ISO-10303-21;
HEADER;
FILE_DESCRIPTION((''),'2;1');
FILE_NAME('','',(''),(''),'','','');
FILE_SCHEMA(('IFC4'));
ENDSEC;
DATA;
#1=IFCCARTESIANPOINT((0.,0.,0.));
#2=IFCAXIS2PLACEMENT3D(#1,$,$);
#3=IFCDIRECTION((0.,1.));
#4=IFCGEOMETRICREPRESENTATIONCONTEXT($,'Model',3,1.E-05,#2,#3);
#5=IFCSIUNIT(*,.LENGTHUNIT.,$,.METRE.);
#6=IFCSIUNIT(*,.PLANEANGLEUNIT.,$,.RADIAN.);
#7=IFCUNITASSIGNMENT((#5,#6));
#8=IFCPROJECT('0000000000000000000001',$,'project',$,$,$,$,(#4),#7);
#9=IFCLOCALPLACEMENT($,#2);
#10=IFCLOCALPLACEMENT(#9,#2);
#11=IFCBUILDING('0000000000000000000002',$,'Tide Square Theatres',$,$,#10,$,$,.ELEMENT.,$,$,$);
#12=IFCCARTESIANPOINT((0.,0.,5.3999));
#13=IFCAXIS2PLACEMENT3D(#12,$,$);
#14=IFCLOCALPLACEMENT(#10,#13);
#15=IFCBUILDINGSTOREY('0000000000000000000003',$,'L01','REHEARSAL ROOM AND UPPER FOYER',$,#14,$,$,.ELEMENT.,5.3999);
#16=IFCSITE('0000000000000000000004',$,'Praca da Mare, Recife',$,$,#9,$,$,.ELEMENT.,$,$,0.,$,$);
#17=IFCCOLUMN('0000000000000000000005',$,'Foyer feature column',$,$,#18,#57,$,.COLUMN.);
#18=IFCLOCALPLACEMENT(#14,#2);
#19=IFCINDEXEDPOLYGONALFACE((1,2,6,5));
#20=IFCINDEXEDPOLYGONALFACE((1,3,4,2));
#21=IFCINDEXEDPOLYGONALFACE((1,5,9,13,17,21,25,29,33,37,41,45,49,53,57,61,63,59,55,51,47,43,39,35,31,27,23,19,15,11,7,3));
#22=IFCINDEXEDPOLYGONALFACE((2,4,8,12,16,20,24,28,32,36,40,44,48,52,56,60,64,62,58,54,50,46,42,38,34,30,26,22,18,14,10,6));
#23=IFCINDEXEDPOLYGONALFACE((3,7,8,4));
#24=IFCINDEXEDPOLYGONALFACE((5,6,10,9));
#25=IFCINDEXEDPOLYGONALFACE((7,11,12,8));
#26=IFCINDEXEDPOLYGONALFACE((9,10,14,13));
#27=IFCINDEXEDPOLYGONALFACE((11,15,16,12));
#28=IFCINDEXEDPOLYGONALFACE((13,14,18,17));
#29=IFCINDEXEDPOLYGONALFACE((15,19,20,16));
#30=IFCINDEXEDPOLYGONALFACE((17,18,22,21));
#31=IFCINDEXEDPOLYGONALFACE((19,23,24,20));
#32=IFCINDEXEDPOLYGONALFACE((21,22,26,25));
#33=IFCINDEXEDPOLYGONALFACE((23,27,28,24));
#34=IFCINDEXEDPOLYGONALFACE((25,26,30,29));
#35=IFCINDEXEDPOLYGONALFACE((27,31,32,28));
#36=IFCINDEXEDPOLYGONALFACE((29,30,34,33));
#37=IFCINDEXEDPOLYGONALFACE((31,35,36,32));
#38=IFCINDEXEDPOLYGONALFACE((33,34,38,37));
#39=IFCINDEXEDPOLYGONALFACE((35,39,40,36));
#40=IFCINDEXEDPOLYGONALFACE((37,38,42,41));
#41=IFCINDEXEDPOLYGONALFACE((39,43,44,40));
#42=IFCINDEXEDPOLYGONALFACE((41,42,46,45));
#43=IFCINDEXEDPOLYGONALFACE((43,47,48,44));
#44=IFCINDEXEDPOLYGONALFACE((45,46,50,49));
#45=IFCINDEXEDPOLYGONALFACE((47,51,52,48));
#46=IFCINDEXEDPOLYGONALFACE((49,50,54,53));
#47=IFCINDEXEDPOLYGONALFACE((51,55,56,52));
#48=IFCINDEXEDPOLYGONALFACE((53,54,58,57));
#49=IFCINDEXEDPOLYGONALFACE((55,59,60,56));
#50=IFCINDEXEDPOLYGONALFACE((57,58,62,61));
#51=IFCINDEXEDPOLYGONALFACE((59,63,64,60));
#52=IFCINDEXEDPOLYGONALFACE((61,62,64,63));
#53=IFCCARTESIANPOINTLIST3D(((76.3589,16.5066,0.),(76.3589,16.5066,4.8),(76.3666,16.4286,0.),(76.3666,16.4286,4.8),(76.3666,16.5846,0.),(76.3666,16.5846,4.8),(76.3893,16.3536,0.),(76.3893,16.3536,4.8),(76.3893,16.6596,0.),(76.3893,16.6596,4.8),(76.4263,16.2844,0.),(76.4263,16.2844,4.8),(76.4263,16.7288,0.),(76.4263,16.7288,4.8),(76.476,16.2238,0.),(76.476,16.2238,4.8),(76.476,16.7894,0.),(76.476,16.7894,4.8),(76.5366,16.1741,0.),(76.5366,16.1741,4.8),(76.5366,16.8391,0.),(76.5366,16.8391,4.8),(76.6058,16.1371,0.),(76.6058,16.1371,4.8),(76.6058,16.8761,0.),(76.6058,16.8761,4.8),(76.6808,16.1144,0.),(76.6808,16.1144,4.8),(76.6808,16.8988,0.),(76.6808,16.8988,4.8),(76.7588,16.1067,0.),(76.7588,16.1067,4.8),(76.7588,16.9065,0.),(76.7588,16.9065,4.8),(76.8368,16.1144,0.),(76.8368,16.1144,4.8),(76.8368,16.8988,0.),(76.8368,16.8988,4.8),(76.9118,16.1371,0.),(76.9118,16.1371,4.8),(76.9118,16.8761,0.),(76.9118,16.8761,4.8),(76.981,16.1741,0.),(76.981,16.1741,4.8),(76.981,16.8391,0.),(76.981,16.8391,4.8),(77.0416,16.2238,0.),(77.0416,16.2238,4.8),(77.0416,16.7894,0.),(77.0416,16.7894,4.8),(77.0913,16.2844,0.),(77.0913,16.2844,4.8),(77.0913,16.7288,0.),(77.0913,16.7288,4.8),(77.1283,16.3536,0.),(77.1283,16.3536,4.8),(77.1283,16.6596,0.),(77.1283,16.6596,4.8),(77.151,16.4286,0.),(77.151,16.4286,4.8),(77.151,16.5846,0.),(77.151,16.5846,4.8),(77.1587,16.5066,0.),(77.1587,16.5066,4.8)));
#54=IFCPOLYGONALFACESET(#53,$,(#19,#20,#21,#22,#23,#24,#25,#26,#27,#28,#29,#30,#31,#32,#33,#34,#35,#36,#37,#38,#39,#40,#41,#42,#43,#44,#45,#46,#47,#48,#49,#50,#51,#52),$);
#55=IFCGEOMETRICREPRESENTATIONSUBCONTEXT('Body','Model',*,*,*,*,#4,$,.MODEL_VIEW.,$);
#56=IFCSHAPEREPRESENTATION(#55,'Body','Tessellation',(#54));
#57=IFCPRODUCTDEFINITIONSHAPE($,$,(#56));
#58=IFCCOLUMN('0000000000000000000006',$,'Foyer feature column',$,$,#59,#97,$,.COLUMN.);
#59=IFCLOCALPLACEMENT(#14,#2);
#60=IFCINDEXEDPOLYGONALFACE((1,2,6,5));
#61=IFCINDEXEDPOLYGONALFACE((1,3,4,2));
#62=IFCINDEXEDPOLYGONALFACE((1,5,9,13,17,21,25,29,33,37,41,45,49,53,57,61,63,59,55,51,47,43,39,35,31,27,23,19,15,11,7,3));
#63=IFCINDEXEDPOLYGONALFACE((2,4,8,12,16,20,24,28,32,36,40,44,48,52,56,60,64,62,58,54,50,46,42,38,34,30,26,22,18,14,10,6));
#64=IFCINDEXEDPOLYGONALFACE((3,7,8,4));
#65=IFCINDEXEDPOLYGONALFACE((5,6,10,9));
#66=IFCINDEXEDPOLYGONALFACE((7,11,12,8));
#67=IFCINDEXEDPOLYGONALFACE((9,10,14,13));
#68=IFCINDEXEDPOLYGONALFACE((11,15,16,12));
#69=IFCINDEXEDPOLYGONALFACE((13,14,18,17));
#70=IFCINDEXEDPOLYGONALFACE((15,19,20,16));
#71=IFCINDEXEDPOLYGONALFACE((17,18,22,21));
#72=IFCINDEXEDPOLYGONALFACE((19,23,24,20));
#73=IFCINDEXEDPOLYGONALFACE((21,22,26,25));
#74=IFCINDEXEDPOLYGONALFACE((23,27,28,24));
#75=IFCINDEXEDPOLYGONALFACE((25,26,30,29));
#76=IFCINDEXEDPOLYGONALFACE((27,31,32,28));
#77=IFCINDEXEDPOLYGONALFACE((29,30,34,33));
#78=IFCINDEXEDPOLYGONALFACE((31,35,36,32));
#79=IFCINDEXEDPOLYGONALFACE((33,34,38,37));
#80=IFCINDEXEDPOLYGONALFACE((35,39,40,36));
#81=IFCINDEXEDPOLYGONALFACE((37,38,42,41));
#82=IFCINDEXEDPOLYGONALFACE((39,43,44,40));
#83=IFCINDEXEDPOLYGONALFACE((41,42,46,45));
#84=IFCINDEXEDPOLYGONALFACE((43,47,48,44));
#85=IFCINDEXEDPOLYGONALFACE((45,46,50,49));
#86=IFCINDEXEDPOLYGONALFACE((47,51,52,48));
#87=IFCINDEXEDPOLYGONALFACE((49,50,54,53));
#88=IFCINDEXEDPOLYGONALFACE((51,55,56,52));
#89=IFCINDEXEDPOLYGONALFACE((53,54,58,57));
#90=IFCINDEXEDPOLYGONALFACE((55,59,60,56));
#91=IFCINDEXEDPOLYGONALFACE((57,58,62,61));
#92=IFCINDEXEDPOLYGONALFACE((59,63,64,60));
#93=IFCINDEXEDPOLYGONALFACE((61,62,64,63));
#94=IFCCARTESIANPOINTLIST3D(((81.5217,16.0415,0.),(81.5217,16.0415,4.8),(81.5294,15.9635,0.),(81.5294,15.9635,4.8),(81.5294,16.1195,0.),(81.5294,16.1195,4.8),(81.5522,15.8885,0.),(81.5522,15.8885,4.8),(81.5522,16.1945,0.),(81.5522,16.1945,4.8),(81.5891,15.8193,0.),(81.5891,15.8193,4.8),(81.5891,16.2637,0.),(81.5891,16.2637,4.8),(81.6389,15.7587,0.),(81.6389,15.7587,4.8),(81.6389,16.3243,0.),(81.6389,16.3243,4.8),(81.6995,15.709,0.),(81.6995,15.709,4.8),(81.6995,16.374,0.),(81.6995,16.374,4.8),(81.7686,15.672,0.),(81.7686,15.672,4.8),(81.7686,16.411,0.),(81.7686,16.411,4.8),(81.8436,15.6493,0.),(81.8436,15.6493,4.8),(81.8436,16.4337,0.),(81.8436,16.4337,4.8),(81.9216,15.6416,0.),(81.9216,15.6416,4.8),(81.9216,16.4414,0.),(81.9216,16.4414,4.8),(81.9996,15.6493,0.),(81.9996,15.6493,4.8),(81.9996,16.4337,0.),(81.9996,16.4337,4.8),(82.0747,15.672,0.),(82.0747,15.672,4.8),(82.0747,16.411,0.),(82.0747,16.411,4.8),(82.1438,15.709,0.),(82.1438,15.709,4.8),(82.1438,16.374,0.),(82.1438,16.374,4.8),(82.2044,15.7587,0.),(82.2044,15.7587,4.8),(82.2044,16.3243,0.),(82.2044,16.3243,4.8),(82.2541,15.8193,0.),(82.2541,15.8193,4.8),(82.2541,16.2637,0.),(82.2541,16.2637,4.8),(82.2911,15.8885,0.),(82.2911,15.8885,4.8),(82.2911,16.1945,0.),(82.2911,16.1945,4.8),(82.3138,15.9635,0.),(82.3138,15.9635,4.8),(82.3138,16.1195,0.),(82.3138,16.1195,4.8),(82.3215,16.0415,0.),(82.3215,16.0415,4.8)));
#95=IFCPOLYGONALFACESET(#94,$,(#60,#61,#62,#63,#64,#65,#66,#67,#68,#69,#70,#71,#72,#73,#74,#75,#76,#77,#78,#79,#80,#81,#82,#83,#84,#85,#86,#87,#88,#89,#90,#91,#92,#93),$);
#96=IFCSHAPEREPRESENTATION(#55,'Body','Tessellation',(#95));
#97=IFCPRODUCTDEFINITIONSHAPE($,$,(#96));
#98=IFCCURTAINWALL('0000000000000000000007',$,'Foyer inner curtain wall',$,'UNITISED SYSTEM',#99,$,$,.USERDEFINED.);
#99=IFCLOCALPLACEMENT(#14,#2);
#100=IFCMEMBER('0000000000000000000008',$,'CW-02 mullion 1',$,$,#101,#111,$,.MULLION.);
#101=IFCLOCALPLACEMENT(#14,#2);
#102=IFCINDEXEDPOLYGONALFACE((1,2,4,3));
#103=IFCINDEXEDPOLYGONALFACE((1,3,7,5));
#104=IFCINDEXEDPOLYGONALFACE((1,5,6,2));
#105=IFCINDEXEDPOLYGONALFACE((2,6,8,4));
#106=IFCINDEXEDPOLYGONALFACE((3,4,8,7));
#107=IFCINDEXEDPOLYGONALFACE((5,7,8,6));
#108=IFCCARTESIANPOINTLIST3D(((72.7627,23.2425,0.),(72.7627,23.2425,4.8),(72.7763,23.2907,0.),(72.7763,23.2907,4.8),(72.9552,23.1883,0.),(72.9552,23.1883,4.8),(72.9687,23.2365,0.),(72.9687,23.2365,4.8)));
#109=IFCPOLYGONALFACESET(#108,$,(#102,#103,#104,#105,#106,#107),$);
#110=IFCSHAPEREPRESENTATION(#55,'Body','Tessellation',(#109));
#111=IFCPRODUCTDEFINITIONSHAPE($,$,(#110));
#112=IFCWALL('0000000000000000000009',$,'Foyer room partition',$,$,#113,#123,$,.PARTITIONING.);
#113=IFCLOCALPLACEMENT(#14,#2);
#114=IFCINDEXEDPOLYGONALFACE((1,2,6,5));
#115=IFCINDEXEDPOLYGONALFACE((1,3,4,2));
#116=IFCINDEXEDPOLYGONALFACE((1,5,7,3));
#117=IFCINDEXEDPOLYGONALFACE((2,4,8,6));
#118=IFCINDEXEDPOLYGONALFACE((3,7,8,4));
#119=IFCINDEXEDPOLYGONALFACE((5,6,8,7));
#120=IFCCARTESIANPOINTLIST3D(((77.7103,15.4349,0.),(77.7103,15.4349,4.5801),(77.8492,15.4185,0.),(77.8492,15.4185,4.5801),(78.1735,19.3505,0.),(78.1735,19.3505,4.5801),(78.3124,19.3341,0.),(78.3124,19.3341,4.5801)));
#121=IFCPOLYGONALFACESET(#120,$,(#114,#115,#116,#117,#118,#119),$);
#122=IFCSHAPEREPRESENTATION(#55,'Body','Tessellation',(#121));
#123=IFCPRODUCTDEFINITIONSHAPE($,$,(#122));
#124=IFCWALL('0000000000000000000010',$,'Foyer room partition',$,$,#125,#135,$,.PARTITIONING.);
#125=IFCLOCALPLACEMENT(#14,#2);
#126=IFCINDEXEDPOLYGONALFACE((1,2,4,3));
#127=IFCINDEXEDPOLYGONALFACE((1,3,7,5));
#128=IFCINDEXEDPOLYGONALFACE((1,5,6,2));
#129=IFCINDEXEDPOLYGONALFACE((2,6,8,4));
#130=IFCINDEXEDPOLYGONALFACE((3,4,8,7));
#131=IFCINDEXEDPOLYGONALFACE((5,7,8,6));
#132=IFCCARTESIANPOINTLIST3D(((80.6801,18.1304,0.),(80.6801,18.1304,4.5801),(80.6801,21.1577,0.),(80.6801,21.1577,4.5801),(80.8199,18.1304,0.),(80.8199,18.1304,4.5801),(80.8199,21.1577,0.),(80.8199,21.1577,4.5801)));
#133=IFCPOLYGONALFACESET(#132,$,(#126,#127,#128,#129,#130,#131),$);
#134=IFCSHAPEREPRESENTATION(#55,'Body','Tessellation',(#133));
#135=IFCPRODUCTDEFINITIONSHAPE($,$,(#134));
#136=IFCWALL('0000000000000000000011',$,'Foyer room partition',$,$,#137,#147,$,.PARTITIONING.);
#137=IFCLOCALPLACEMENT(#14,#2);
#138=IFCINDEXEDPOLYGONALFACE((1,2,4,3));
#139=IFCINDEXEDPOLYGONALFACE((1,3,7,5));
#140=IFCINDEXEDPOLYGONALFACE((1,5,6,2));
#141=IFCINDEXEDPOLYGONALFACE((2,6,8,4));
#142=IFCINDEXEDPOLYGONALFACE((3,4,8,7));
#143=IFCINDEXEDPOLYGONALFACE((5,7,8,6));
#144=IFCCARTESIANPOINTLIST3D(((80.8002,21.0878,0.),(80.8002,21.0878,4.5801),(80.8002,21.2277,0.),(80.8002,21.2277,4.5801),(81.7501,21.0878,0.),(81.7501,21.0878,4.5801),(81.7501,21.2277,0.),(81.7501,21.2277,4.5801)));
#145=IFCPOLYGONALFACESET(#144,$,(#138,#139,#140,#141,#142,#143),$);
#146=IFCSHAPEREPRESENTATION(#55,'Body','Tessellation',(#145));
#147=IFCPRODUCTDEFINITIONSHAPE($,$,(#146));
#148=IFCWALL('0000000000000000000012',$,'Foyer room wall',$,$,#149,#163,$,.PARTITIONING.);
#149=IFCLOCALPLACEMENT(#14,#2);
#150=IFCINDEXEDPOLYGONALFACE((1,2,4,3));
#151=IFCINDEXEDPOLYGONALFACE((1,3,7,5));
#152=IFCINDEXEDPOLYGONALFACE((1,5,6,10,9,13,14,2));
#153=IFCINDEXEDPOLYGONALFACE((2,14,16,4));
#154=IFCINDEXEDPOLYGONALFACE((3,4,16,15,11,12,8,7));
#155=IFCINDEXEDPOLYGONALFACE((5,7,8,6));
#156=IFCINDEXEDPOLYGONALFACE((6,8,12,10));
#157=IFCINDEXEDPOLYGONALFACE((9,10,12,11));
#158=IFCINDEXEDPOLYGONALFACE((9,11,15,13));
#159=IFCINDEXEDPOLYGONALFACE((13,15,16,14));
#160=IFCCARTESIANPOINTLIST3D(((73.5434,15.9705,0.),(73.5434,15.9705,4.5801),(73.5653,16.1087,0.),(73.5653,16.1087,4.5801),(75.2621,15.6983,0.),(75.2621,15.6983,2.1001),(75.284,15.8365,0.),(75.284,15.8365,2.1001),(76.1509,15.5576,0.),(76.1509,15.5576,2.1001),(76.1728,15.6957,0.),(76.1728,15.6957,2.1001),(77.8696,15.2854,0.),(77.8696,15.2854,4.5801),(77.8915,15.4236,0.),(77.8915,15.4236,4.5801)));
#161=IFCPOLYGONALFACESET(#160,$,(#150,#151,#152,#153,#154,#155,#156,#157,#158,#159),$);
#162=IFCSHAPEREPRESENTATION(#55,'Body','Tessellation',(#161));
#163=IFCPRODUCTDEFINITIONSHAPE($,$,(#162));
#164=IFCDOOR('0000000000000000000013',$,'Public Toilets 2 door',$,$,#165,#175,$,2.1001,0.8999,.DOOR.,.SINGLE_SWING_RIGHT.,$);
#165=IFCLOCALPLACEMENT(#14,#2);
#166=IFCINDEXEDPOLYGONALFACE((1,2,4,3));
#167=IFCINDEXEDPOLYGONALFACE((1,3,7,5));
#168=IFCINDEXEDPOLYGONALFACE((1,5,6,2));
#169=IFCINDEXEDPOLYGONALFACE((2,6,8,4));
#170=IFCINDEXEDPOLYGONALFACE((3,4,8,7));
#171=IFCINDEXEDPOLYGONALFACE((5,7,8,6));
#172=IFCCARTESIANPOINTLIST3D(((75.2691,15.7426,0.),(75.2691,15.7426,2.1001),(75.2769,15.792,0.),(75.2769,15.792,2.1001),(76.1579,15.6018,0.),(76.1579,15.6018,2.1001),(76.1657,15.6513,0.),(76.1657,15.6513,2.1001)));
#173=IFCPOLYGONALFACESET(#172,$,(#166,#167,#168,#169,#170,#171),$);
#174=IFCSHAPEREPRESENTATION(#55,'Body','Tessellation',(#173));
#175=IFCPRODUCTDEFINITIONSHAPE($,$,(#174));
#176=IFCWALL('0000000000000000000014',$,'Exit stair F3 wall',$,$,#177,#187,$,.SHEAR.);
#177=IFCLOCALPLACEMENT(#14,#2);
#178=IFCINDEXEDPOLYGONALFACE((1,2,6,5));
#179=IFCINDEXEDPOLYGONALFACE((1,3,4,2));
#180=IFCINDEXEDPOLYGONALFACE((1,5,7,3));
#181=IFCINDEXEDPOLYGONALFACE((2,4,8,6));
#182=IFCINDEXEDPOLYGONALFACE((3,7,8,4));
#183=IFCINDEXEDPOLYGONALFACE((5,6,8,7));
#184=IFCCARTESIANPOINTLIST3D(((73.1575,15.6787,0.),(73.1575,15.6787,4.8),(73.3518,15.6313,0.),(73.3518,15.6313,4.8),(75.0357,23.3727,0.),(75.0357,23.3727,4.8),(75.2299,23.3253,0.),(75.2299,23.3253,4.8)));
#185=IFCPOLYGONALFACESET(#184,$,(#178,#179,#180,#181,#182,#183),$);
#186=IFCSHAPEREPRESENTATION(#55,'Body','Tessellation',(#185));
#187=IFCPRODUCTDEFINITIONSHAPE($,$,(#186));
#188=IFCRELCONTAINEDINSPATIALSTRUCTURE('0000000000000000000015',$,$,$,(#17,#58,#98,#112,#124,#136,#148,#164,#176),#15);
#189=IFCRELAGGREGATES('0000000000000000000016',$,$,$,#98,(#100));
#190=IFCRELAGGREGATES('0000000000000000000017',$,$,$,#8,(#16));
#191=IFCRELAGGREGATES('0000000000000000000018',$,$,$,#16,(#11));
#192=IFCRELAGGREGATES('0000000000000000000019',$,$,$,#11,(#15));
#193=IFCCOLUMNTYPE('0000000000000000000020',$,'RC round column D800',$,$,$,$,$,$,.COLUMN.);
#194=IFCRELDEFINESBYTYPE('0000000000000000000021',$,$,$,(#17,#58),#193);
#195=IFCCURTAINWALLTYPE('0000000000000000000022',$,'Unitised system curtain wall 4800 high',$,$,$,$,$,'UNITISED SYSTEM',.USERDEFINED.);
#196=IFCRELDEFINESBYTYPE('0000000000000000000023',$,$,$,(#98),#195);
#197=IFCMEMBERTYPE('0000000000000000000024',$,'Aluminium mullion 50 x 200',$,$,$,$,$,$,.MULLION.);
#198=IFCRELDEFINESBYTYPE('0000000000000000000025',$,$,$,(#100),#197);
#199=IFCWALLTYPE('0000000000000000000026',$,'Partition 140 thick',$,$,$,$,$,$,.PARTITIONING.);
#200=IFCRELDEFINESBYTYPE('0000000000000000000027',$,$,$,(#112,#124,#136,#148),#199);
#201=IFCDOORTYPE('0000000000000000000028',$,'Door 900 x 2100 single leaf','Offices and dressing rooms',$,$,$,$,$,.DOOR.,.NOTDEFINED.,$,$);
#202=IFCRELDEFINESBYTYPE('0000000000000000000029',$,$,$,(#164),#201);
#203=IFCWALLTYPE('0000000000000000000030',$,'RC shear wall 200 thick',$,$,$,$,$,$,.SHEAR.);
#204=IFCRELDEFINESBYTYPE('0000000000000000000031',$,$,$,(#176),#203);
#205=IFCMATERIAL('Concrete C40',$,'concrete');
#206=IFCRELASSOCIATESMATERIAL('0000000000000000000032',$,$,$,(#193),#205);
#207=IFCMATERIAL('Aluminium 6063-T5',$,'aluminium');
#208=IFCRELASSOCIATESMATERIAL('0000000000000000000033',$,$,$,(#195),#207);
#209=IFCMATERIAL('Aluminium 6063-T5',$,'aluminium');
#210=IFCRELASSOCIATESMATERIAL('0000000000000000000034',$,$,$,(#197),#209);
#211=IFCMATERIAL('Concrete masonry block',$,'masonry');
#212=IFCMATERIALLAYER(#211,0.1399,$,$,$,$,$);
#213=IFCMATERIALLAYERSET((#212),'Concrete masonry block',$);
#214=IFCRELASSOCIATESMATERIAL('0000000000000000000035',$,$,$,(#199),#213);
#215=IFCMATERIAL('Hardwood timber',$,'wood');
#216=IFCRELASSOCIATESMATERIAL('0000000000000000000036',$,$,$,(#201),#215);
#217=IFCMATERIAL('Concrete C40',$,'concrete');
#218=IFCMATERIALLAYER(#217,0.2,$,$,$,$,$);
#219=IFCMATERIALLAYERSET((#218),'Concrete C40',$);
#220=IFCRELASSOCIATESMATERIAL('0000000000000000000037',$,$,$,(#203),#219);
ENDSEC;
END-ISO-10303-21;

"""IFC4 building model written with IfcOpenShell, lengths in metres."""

from ifc_helpers import new_model, si_unit, direction, frame, frame_2d, origin, origin_2d, place, context, subcontext, project, spatial, rectangle, circle, extrude, material, layer, layer_set, material_profile, profile_set, type_object, element, fill, aggregate, save


model = new_model("IFC4")

# Units and contexts
model_context = context("Model", 3, precision=1e-05, world=origin(), true_north=direction((0.0, 1.0)))
body_context = subcontext(model_context, "Body", "Model", "MODEL_VIEW")
ifc_project = project(units=[si_unit("LENGTHUNIT", "METRE"), si_unit("PLANEANGLEUNIT", "RADIAN")], contexts=[model_context])

# Site, building, storey
site_placement = place(None, origin())
site = spatial("IfcSite", under=ifc_project, at=site_placement, Name="Praca da Mare, Recife", CompositionType="ELEMENT", RefElevation=0.0)
building_placement = place(site_placement, origin())
building = spatial("IfcBuilding", under=site, at=building_placement, Name="Tide Square Theatres", CompositionType="ELEMENT")
storey_placement = place(building_placement, frame((0.0, 0.0, 5.3999)))
storey = spatial("IfcBuildingStorey", under=building, at=storey_placement, Name="L01", Description="REHEARSAL ROOM AND UPPER FOYER", CompositionType="ELEMENT", Elevation=5.3999)

# Columns
ifc_material_1 = material(Name="Concrete C40", Category="concrete")
ifc_material_profile_1 = material_profile(ifc_material_1, circle(Radius=0.3999, at=origin_2d()))
ifc_profile_set_1 = profile_set([ifc_material_profile_1], Name="Concrete C40")
column_type = type_object("IfcColumnType", Name="RC round column D800", PredefinedType="COLUMN", material=ifc_profile_set_1)
for number, where, z_axis, x_axis, name in (
    (1, (76.7588, 16.5066, 0.0), (0.0, 0.0, 1.0), (1.0, 0.0, 0.0), "Foyer feature column"),
    (2, (81.9216, 16.0415, 0.0), (0.0, 0.0, 1.0), (1.0, 0.0, 0.0), "Foyer feature column"),
):
    element("IfcColumn", number, at=place(storey_placement, frame(where, z_axis=z_axis, x_axis=x_axis)), inside=storey, type_object=column_type, Name=name, PredefinedType="COLUMN", context=body_context, shape_type="SweptSolid", body=[
        extrude(circle(Radius=0.3999, at=origin_2d()), origin(), (0.0, 0.0, 1.0), 4.8),
    ])

# Curtain wall, member
ifc_material_2 = material(Name="Aluminium 6063-T5", Category="aluminium")
curtain_wall_type = type_object("IfcCurtainWallType", Name="Unitised system curtain wall 4800 high", ElementType="UNITISED SYSTEM", PredefinedType="USERDEFINED", material=ifc_material_2)
curtain_wall_placement = place(storey_placement, origin())
curtain_wall = element("IfcCurtainWall", 3, at=curtain_wall_placement, inside=storey, type_object=curtain_wall_type, Name="Foyer inner curtain wall", ObjectType="UNITISED SYSTEM", PredefinedType="USERDEFINED")
ifc_material_3 = material(Name="Aluminium 6063-T5", Category="aluminium")
ifc_material_profile_2 = material_profile(ifc_material_3, rectangle(XDim=0.05, YDim=0.2, at=origin_2d()))
ifc_profile_set_2 = profile_set([ifc_material_profile_2], Name="Aluminium 6063-T5")
member_type = type_object("IfcMemberType", Name="Aluminium mullion 50 x 200", PredefinedType="MULLION", material=ifc_profile_set_2)
member_placement = place(storey_placement, frame((72.8657, 23.2395, 0.0), z_axis=(0.0, 0.0, 1.0), x_axis=(-0.271328, -0.962487, 0.0)))
member = element("IfcMember", 4, at=member_placement, type_object=member_type, Name="CW-02 mullion 1", PredefinedType="MULLION", context=body_context, shape_type="SweptSolid", body=[
    extrude(rectangle(XDim=0.05, YDim=0.2, at=origin_2d()), origin(), (0.0, 0.0, 1.0), 4.8),
])
aggregate(curtain_wall, [member])

# Walls
ifc_material_4 = material(Name="Concrete masonry block", Category="masonry")
ifc_layer_1 = layer(ifc_material_4, 0.1399)
ifc_layer_set_1 = layer_set([ifc_layer_1], Name="Concrete masonry block")
wall_type_1 = type_object("IfcWallType", Name="Partition 140 thick", PredefinedType="PARTITIONING", material=ifc_layer_set_1)
wall_1_placement = place(storey_placement, frame((78.2429, 19.3423, 0.0), z_axis=(0.0, 0.0, 1.0), x_axis=(-0.117463, -0.993077, 0.0)))
element("IfcWall", 5, at=wall_1_placement, inside=storey, type_object=wall_type_1, Name="Foyer room partition", PredefinedType="PARTITIONING", context=body_context, shape_type="SweptSolid", body=[
    extrude(rectangle(XDim=3.9429, YDim=0.1399, at=frame_2d((1.9714, 0.0))), origin(), (0.0, 0.0, 1.0), 4.5801),
])
wall_2_placement = place(storey_placement, frame((80.75, 18.1304, 0.0), z_axis=(0.0, 0.0, 1.0), x_axis=(0.0, 1.0, 0.0)))
element("IfcWall", 6, at=wall_2_placement, inside=storey, type_object=wall_type_1, Name="Foyer room partition", PredefinedType="PARTITIONING", context=body_context, shape_type="SweptSolid", body=[
    extrude(rectangle(XDim=3.0273, YDim=0.1399, at=frame_2d((1.5137, 0.0))), origin(), (0.0, 0.0, 1.0), 4.5801),
])
wall_3_placement = place(storey_placement, frame((80.8, 21.1577, 0.0), z_axis=(0.0, 0.0, 1.0), x_axis=(1.0, 0.0, 0.0)))
element("IfcWall", 7, at=wall_3_placement, inside=storey, type_object=wall_type_1, Name="Foyer room partition", PredefinedType="PARTITIONING", context=body_context, shape_type="SweptSolid", body=[
    extrude(rectangle(XDim=0.95, YDim=0.1399, at=frame_2d((0.4751, 0.0))), origin(), (0.0, 0.0, 1.0), 4.5801),
])

# Wall, opening, door
wall_4_placement = place(storey_placement, frame((73.5544, 16.0396, 0.0), z_axis=(0.0, 0.0, 1.0), x_axis=(0.987693, -0.156403, 0.0)))
wall_4 = element("IfcWall", 8, at=wall_4_placement, inside=storey, type_object=wall_type_1, Name="Foyer room wall", PredefinedType="PARTITIONING", context=body_context, shape_type="SweptSolid", body=[
    extrude(rectangle(XDim=4.3801, YDim=0.1399, at=frame_2d((2.1899, 0.0))), origin(), (0.0, 0.0, 1.0), 4.5801),
])
opening_1_placement = place(wall_4_placement, frame((1.74, 0.0, 0.0)))
opening_1 = element("IfcOpeningElement", 9, at=opening_1_placement, cuts=wall_4, PredefinedType="OPENING", context=body_context, shape_type="SweptSolid", body=[
    extrude(rectangle(XDim=0.8999, YDim=2.1001, at=frame_2d((0.45, 1.05))), frame((0.0, 0.0798, 0.0), z_axis=(0.0, -1.0, 0.0), x_axis=(1.0, 0.0, 0.0)), (0.0, 0.0, 1.0), 0.1599),
])
ifc_material_5 = material(Name="Hardwood timber", Category="wood")
door_type_1 = type_object("IfcDoorType", Name="Door 900 x 2100 single leaf", Description="Offices and dressing rooms", OperationType="NOTDEFINED", PredefinedType="DOOR", material=ifc_material_5)
door_1_placement = place(opening_1_placement, origin())
door_1 = element("IfcDoor", 10, at=door_1_placement, inside=storey, type_object=door_type_1, Name="Public Toilets 2 door", OperationType="SINGLE_SWING_RIGHT", OverallHeight=2.1001, OverallWidth=0.8999, PredefinedType="DOOR", context=body_context, shape_type="SweptSolid", body=[
    extrude(rectangle(XDim=0.8999, YDim=2.1001, at=frame_2d((0.45, 1.05))), frame((0.0, 0.0249, 0.0), z_axis=(0.0, -1.0, 0.0), x_axis=(1.0, 0.0, 0.0)), (0.0, 0.0, 1.0), 0.05),
])
fill(opening_1, door_1)

# Wall
ifc_material_6 = material(Name="Concrete C40", Category="concrete")
ifc_layer_2 = layer(ifc_material_6, 0.2)
ifc_layer_set_2 = layer_set([ifc_layer_2], Name="Concrete C40")
wall_type_2 = type_object("IfcWallType", Name="RC shear wall 200 thick", PredefinedType="SHEAR", material=ifc_layer_set_2)
wall_5_placement = place(storey_placement, frame((73.2546, 15.655, 0.0), z_axis=(0.0, 0.0, 1.0), x_axis=(0.237143, 0.971475, 0.0)))
element("IfcWall", 11, at=wall_5_placement, inside=storey, type_object=wall_type_2, Name="Exit stair F3 wall", PredefinedType="SHEAR", context=body_context, shape_type="SweptSolid", body=[
    extrude(rectangle(XDim=7.9199, YDim=0.2, at=frame_2d((3.96, 0.0))), origin(), (0.0, 0.0, 1.0), 4.8),
])

save(model, "model.ifc")
